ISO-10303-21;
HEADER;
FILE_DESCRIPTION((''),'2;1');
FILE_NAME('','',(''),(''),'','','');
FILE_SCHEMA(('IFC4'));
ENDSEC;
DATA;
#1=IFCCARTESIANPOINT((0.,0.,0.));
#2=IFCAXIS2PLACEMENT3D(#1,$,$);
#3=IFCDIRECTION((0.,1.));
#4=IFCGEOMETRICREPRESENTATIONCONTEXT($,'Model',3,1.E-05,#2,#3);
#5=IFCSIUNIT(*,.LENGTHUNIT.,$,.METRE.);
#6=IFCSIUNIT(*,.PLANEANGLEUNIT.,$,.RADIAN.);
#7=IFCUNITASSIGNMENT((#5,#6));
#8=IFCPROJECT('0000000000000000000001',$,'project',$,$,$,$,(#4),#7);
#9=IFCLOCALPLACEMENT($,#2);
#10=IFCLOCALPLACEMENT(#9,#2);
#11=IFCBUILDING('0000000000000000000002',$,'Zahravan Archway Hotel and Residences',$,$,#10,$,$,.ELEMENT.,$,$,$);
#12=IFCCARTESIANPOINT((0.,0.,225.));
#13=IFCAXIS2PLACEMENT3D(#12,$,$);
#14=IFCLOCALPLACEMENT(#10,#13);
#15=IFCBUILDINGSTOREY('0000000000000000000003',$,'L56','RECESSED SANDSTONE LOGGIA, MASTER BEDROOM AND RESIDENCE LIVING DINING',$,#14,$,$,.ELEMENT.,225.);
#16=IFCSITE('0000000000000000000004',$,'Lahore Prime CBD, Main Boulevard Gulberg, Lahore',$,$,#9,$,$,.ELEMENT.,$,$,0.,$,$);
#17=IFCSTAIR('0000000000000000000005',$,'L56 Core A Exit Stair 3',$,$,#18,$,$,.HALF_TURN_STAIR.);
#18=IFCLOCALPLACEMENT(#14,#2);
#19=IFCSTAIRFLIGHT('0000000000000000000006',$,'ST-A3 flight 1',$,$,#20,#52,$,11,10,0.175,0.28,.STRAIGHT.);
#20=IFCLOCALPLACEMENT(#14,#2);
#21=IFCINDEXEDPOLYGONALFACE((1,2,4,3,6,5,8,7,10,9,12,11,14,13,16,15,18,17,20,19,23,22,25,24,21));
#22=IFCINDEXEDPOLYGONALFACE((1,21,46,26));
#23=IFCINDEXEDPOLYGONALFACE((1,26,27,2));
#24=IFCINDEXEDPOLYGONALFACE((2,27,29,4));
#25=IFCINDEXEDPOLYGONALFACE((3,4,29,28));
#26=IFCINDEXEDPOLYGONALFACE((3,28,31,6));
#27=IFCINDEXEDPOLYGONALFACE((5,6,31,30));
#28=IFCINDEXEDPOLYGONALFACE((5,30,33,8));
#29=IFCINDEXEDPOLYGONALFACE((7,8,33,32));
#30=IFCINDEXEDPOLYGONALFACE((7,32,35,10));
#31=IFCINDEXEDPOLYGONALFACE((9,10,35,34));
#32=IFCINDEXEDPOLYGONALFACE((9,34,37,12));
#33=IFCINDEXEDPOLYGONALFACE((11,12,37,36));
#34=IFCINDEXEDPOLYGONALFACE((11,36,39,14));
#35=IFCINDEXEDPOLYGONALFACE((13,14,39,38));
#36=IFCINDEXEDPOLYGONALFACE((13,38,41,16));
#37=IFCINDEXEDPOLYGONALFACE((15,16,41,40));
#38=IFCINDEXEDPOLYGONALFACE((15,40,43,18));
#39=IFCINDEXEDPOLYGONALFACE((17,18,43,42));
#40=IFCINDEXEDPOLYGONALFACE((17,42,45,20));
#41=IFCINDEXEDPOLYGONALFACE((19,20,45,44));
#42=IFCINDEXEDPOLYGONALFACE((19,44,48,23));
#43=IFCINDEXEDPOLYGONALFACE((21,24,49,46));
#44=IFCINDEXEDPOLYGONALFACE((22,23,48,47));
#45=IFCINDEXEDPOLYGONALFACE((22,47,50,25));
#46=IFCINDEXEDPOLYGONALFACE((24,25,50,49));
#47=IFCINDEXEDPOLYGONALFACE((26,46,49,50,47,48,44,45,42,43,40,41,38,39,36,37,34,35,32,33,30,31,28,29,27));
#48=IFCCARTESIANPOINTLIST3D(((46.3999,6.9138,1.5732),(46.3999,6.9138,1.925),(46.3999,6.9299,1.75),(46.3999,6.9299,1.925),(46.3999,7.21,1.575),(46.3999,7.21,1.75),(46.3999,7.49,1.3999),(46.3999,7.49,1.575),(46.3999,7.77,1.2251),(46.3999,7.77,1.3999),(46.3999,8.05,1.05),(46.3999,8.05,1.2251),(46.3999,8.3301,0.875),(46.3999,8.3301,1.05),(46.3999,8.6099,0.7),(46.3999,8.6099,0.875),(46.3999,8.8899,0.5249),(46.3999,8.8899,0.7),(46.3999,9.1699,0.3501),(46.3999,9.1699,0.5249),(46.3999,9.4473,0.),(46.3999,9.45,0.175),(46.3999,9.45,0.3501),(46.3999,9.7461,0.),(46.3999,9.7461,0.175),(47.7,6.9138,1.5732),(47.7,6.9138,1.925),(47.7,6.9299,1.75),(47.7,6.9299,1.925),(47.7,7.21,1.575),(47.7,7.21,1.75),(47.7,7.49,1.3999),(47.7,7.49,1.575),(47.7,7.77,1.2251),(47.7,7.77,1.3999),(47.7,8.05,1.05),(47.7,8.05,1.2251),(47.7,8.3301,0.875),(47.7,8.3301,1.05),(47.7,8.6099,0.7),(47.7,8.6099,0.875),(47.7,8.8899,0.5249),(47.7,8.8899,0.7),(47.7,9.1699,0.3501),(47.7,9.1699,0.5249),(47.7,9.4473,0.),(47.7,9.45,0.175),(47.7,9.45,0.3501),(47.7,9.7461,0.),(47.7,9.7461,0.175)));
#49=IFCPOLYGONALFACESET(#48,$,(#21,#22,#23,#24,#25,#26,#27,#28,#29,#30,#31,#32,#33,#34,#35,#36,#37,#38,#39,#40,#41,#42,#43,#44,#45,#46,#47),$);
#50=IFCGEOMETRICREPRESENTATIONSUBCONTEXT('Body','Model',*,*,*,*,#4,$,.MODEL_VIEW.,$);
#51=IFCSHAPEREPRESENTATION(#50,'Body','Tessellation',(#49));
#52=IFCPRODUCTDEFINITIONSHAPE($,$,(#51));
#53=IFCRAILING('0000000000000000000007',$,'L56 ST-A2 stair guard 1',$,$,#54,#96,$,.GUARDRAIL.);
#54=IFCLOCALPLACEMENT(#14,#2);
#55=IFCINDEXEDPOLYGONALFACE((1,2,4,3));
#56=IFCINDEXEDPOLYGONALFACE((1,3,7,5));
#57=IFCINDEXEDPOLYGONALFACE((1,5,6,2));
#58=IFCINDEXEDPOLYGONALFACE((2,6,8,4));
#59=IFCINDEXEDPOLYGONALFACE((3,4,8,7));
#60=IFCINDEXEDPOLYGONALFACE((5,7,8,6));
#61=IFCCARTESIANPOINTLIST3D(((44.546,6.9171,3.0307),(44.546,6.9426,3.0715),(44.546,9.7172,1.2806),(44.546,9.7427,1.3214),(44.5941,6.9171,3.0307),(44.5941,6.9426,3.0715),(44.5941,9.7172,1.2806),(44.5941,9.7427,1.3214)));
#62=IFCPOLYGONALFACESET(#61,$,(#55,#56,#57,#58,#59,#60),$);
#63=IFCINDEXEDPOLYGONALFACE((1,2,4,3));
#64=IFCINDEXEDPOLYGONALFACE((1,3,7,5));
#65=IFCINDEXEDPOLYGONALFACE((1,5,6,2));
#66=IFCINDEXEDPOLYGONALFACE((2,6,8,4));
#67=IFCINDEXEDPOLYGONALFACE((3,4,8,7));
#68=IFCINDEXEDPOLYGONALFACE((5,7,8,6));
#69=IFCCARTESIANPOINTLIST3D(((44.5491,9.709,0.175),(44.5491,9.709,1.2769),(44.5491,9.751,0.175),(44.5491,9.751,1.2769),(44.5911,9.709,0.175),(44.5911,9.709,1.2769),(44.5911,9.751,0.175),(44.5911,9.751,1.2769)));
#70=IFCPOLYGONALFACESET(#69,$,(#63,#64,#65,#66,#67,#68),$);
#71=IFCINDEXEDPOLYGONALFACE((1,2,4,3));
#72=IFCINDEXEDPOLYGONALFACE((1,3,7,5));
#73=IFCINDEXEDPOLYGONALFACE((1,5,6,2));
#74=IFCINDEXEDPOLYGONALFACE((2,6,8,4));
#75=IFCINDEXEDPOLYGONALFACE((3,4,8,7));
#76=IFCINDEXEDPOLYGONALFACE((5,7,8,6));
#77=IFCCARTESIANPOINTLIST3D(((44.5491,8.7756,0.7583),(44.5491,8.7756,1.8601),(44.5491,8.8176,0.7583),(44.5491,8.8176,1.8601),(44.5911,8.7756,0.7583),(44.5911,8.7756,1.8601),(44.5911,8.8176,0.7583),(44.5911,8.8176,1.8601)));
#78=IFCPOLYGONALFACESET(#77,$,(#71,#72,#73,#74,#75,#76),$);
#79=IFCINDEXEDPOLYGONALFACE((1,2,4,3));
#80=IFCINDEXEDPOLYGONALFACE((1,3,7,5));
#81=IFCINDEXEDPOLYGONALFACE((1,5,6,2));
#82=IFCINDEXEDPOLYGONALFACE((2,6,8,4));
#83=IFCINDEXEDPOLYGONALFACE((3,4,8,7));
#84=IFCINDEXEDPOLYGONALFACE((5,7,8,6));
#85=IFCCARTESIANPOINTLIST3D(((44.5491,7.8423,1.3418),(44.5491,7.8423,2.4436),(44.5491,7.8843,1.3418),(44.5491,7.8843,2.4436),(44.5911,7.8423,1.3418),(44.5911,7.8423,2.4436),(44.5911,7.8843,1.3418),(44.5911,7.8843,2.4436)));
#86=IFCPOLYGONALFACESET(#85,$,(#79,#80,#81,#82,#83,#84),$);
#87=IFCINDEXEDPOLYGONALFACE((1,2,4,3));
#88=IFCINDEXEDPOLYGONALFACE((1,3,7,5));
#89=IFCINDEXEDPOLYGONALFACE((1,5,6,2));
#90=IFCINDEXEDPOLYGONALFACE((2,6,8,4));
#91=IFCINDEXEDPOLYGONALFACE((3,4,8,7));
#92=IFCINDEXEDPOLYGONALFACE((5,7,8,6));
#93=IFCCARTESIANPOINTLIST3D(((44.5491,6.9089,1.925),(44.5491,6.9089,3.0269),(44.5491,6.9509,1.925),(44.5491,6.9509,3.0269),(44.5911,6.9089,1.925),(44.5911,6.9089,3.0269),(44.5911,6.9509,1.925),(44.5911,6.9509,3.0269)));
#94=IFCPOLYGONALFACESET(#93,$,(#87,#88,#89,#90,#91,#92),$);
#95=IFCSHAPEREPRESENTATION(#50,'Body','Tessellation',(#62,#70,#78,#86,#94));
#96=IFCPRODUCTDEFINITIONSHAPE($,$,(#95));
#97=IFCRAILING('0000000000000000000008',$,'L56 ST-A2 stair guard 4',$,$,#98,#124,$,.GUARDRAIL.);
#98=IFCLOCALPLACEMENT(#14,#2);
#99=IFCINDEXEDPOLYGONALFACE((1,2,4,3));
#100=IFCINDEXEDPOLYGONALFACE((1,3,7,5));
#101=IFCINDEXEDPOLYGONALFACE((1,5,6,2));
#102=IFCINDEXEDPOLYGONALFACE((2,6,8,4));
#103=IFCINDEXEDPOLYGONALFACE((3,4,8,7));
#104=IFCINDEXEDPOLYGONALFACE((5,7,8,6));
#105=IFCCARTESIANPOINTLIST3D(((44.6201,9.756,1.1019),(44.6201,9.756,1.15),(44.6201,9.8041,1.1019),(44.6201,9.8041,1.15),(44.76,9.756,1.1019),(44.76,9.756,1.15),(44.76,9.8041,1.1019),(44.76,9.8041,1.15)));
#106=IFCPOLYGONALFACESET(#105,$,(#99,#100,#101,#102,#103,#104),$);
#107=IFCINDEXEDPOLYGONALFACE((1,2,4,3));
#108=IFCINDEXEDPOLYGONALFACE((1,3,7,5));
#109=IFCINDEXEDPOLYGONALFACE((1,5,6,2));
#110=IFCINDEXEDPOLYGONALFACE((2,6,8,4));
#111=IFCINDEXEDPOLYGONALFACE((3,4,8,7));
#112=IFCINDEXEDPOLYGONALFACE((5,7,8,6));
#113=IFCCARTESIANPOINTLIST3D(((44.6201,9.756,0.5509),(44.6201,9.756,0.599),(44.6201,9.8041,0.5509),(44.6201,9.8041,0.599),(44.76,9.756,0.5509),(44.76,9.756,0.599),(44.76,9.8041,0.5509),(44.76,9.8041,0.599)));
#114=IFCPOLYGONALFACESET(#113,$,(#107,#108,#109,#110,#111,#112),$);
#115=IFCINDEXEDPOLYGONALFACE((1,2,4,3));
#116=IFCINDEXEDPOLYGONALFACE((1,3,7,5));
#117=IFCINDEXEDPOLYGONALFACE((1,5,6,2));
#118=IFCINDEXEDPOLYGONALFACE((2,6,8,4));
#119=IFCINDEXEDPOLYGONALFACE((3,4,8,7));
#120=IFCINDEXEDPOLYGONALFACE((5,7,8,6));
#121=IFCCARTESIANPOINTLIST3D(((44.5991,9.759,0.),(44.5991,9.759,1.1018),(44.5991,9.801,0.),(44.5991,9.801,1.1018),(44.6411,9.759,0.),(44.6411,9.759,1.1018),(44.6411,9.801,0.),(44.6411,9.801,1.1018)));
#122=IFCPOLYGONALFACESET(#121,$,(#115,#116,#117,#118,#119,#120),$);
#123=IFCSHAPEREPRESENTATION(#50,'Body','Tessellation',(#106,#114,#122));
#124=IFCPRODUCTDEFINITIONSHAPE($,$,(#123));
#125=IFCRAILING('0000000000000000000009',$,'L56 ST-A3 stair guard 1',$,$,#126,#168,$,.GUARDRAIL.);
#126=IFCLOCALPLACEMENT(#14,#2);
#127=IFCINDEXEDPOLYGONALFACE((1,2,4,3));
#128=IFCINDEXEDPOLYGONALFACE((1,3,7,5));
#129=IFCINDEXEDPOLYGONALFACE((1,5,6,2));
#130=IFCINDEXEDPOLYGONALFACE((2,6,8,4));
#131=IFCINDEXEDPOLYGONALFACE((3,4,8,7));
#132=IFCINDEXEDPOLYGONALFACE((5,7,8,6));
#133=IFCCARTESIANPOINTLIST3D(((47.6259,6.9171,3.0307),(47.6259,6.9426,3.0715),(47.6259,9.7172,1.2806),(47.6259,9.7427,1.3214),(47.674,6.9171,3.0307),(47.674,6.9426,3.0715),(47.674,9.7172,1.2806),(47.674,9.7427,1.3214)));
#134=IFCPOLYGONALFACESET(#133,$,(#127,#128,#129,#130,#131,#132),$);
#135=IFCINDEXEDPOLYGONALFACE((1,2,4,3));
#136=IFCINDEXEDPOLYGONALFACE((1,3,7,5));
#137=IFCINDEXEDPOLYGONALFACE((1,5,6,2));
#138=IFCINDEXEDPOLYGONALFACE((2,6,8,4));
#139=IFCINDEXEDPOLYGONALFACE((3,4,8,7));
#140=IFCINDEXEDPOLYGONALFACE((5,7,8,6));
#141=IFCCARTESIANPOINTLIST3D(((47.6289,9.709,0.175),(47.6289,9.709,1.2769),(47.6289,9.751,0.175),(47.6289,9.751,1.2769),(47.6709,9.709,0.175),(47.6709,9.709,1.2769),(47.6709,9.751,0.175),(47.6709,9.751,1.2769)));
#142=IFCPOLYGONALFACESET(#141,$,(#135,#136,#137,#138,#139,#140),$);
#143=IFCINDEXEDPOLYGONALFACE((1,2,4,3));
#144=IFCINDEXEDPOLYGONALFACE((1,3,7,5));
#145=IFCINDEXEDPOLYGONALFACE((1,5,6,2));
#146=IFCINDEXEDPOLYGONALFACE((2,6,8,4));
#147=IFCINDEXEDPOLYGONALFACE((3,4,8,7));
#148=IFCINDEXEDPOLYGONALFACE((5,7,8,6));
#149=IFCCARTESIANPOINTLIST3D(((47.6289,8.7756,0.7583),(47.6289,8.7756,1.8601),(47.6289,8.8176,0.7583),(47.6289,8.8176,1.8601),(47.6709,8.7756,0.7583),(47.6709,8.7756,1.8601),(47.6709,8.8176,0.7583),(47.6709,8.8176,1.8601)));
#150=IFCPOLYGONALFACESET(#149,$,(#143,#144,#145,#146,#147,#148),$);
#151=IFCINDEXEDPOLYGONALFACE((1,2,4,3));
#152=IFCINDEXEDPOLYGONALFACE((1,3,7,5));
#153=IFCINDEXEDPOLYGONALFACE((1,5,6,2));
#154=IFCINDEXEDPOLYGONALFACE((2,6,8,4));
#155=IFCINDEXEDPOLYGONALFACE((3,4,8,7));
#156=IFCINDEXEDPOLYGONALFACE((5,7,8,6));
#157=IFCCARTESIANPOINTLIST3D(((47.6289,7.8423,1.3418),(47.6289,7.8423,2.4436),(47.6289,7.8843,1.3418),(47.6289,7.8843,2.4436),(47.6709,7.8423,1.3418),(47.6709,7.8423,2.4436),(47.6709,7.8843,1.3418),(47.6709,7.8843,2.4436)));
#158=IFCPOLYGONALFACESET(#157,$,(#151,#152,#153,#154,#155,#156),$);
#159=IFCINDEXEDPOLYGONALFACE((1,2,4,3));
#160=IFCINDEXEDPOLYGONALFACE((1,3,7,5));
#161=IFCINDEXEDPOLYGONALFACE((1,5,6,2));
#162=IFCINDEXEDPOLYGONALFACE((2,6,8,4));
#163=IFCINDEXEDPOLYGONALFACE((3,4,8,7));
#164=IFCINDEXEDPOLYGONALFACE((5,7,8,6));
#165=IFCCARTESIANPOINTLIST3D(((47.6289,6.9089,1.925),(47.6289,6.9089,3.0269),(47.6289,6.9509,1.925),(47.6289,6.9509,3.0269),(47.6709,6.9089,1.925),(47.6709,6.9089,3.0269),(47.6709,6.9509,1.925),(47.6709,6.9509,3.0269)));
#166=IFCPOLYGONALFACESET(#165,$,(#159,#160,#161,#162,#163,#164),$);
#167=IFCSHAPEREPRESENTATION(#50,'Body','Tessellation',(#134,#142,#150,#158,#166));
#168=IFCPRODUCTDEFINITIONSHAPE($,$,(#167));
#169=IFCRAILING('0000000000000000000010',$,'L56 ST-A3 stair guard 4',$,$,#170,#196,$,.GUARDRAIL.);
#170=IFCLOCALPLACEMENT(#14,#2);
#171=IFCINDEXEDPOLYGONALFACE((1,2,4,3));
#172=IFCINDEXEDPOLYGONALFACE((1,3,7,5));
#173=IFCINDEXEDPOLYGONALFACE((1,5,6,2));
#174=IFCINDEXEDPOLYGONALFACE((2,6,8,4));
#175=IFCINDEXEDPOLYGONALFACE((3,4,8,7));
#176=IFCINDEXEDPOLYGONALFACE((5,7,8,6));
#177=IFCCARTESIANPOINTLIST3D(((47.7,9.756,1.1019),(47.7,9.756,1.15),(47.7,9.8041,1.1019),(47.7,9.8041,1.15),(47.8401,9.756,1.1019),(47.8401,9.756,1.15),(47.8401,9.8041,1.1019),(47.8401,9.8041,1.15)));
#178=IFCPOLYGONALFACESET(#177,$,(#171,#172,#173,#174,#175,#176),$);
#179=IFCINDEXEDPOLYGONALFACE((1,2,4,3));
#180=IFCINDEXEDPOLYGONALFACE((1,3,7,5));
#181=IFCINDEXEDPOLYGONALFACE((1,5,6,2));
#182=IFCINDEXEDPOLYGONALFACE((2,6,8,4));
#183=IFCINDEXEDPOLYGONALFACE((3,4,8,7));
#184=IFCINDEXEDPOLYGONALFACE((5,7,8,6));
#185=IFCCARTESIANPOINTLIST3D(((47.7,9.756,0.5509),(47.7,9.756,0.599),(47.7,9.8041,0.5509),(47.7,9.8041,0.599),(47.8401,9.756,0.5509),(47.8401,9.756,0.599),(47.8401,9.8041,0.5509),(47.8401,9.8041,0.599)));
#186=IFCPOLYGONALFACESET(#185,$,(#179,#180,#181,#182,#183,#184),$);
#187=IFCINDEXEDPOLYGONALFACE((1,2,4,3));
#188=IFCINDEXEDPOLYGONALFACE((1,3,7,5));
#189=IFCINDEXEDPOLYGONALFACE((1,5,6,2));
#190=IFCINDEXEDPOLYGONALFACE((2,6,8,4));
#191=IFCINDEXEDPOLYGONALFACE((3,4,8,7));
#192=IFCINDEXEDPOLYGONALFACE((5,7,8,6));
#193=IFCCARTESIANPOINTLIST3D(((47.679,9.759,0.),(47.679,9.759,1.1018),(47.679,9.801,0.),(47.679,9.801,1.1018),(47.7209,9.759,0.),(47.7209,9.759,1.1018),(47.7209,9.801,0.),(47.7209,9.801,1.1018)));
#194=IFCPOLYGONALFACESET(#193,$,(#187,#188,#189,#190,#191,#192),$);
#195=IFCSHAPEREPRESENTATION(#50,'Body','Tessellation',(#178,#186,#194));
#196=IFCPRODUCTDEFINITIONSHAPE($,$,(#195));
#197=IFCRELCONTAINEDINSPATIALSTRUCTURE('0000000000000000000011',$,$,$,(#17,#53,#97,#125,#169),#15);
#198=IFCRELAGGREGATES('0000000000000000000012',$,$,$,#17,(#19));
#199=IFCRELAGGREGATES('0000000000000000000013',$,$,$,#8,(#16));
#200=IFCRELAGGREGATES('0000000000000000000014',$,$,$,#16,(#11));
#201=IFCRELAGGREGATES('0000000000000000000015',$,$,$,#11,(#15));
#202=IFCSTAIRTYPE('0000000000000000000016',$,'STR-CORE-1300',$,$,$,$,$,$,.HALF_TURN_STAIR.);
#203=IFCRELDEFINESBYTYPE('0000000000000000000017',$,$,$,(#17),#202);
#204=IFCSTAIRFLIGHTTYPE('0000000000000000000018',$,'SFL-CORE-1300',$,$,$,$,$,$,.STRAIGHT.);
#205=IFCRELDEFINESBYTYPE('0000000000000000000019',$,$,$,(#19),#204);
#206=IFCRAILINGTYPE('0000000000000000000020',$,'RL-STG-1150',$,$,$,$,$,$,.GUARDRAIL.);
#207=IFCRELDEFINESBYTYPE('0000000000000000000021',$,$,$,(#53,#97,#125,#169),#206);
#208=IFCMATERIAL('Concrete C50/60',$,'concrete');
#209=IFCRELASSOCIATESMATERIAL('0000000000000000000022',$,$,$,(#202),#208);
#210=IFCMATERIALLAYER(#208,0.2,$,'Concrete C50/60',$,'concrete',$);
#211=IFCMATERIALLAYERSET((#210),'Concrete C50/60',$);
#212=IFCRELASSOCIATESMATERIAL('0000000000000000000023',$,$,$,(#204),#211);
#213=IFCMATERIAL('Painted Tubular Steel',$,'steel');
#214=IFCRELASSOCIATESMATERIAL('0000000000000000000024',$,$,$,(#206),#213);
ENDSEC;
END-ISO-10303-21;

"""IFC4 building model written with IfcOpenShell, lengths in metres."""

from ifc_helpers import new_model, si_unit, direction, frame, origin, origin_2d, place, context, subcontext, project, spatial, polyline, rectangle, outline, extrude, source, transform, mapped, material, layer, layer_set, type_object, element, aggregate, save


model = new_model("IFC4")

# Units and contexts
model_context = context("Model", 3, precision=1e-05, world=origin(), true_north=direction((0.0, 1.0)))
body_context = subcontext(model_context, "Body", "Model", "MODEL_VIEW")
ifc_project = project(units=[si_unit("LENGTHUNIT", "METRE"), si_unit("PLANEANGLEUNIT", "RADIAN")], contexts=[model_context])

# Site, building, storey
site_placement = place(None, origin())
site = spatial("IfcSite", under=ifc_project, at=site_placement, Name="Lahore Prime CBD, Main Boulevard Gulberg, Lahore", CompositionType="ELEMENT", RefElevation=0.0)
building_placement = place(site_placement, origin())
building = spatial("IfcBuilding", under=site, at=building_placement, Name="Zahravan Archway Hotel and Residences", CompositionType="ELEMENT")
storey_placement = place(building_placement, frame((0.0, 0.0, 225.0)))
storey = spatial("IfcBuildingStorey", under=building, at=storey_placement, Name="L56", Description="RECESSED SANDSTONE LOGGIA, MASTER BEDROOM AND RESIDENCE LIVING DINING", CompositionType="ELEMENT", Elevation=225.0)

# Shared definitions
ifc_material_1 = material(Name="Concrete C50/60", Category="concrete")

# Stair, stair flight
stair_type = type_object("IfcStairType", Name="STR-CORE-1300", PredefinedType="HALF_TURN_STAIR", material=ifc_material_1)
ifc_layer_1 = layer(ifc_material_1, 0.2, Name="Concrete C50/60", Category="concrete")
ifc_layer_set_1 = layer_set([ifc_layer_1], Name="Concrete C50/60")
stair_flight_type = type_object("IfcStairFlightType", Name="SFL-CORE-1300", PredefinedType="STRAIGHT", material=ifc_layer_set_1)
shared_shape_1 = source(origin(), body_context, "Body", "SweptSolid", [
    extrude(outline(polyline([(-0.0161, 0.0), (-0.0161, 0.175), (0.28, 0.175), (0.28, 0.3501), (0.5601, 0.3501), (0.5601, 0.5249), (0.8401, 0.5249), (0.8401, 0.7), (1.1201, 0.7), (1.1201, 0.875), (1.3999, 0.875), (1.3999, 1.05), (1.6799, 1.05), (1.6799, 1.2251), (1.96, 1.2251), (1.96, 1.3999), (2.24, 1.3999), (2.24, 1.575), (2.52, 1.575), (2.52, 1.75), (2.8, 1.75), (2.8, 1.925), (2.8162, 1.925), (2.8162, 1.5732), (0.2827, 0.0), (-0.0161, 0.0)])), frame((0.0, 0.6499, 0.0), z_axis=(0.0, -1.0, 0.0), x_axis=(1.0, 0.0, 0.0)), (0.0, 0.0, 1.0), 1.3),
])
stair_1_placement = place(storey_placement, origin())
stair_1 = element("IfcStair", 1, at=stair_1_placement, inside=storey, type_object=stair_type, Name="L56 Core A Exit Stair 3", PredefinedType="HALF_TURN_STAIR")
stair_flight_1_placement = place(storey_placement, frame((47.05, 9.73, 0.0), z_axis=(0.0, 0.0, 1.0), x_axis=(0.0, -1.0, 0.0)))
stair_flight_1 = element("IfcStairFlight", 2, at=stair_flight_1_placement, type_object=stair_flight_type, Name="ST-A3 flight 1", NumberOfRisers=11, NumberOfTreads=10, PredefinedType="STRAIGHT", RiserHeight=0.175, TreadLength=0.28, context=body_context, shape_type="MappedRepresentation", body=[
    mapped(shared_shape_1, transform((0.0, 0.0, 0.0), scale=1.0)),
])
aggregate(stair_1, [stair_flight_1])

# Railings
ifc_material_2 = material(Name="Painted Tubular Steel", Category="steel")
railing_type_1 = type_object("IfcRailingType", Name="RL-STG-1150", PredefinedType="GUARDRAIL", material=ifc_material_2)
railing_1_placement = place(storey_placement, frame((44.5701, 9.73, 0.175)))
element("IfcRailing", 3, at=railing_1_placement, inside=storey, type_object=railing_type_1, Name="L56 ST-A2 stair guard 1", PredefinedType="GUARDRAIL", context=body_context, shape_type="SweptSolid", body=[
    extrude(rectangle(XDim=0.0481, YDim=0.0481, at=origin_2d()), frame((0.0, 0.0, 1.126), z_axis=(0.0, -0.848002, 0.529992), x_axis=(1.0, 0.0, 0.0)), (0.0, 0.0, 1.0), 3.302),
    extrude(rectangle(XDim=0.042, YDim=0.042, at=origin_2d()), origin(), (0.0, 0.0, 1.0), 1.1018),
    extrude(rectangle(XDim=0.042, YDim=0.042, at=origin_2d()), frame((0.0, -0.9333, 0.5833)), (0.0, 0.0, 1.0), 1.1018),
    extrude(rectangle(XDim=0.042, YDim=0.042, at=origin_2d()), frame((0.0, -1.8667, 1.1667)), (0.0, 0.0, 1.0), 1.1018),
    extrude(rectangle(XDim=0.042, YDim=0.042, at=origin_2d()), frame((0.0, -2.8, 1.75)), (0.0, 0.0, 1.0), 1.1018),
])
railing_2_placement = place(storey_placement, frame((44.6201, 9.78, 0.0)))
element("IfcRailing", 4, at=railing_2_placement, inside=storey, type_object=railing_type_1, Name="L56 ST-A2 stair guard 4", PredefinedType="GUARDRAIL", context=body_context, shape_type="SweptSolid", body=[
    extrude(rectangle(XDim=0.0481, YDim=0.0481, at=origin_2d()), frame((0.0, 0.0, 1.126), z_axis=(1.0, 0.0, 0.0), x_axis=(0.0, 1.0, 0.0)), (0.0, 0.0, 1.0), 0.1399),
    extrude(rectangle(XDim=0.0481, YDim=0.0481, at=origin_2d()), frame((0.0, 0.0, 0.575), z_axis=(1.0, 0.0, 0.0), x_axis=(0.0, 1.0, 0.0)), (0.0, 0.0, 1.0), 0.1399),
    extrude(rectangle(XDim=0.042, YDim=0.042, at=origin_2d()), origin(), (0.0, 0.0, 1.0), 1.1018),
])
railing_3_placement = place(storey_placement, frame((47.6499, 9.73, 0.175)))
element("IfcRailing", 5, at=railing_3_placement, inside=storey, type_object=railing_type_1, Name="L56 ST-A3 stair guard 1", PredefinedType="GUARDRAIL", context=body_context, shape_type="SweptSolid", body=[
    extrude(rectangle(XDim=0.0481, YDim=0.0481, at=origin_2d()), frame((0.0, 0.0, 1.126), z_axis=(0.0, -0.848002, 0.529992), x_axis=(1.0, 0.0, 0.0)), (0.0, 0.0, 1.0), 3.302),
    extrude(rectangle(XDim=0.042, YDim=0.042, at=origin_2d()), origin(), (0.0, 0.0, 1.0), 1.1018),
    extrude(rectangle(XDim=0.042, YDim=0.042, at=origin_2d()), frame((0.0, -0.9333, 0.5833)), (0.0, 0.0, 1.0), 1.1018),
    extrude(rectangle(XDim=0.042, YDim=0.042, at=origin_2d()), frame((0.0, -1.8667, 1.1667)), (0.0, 0.0, 1.0), 1.1018),
    extrude(rectangle(XDim=0.042, YDim=0.042, at=origin_2d()), frame((0.0, -2.8, 1.75)), (0.0, 0.0, 1.0), 1.1018),
])
railing_4_placement = place(storey_placement, frame((47.7, 9.78, 0.0)))
element("IfcRailing", 6, at=railing_4_placement, inside=storey, type_object=railing_type_1, Name="L56 ST-A3 stair guard 4", PredefinedType="GUARDRAIL", context=body_context, shape_type="SweptSolid", body=[
    extrude(rectangle(XDim=0.0481, YDim=0.0481, at=origin_2d()), frame((0.0, 0.0, 1.126), z_axis=(1.0, 0.0, 0.0), x_axis=(0.0, 1.0, 0.0)), (0.0, 0.0, 1.0), 0.1401),
    extrude(rectangle(XDim=0.0481, YDim=0.0481, at=origin_2d()), frame((0.0, 0.0, 0.575), z_axis=(1.0, 0.0, 0.0), x_axis=(0.0, 1.0, 0.0)), (0.0, 0.0, 1.0), 0.1401),
    extrude(rectangle(XDim=0.042, YDim=0.042, at=origin_2d()), origin(), (0.0, 0.0, 1.0), 1.1018),
])

save(model, "model.ifc")
